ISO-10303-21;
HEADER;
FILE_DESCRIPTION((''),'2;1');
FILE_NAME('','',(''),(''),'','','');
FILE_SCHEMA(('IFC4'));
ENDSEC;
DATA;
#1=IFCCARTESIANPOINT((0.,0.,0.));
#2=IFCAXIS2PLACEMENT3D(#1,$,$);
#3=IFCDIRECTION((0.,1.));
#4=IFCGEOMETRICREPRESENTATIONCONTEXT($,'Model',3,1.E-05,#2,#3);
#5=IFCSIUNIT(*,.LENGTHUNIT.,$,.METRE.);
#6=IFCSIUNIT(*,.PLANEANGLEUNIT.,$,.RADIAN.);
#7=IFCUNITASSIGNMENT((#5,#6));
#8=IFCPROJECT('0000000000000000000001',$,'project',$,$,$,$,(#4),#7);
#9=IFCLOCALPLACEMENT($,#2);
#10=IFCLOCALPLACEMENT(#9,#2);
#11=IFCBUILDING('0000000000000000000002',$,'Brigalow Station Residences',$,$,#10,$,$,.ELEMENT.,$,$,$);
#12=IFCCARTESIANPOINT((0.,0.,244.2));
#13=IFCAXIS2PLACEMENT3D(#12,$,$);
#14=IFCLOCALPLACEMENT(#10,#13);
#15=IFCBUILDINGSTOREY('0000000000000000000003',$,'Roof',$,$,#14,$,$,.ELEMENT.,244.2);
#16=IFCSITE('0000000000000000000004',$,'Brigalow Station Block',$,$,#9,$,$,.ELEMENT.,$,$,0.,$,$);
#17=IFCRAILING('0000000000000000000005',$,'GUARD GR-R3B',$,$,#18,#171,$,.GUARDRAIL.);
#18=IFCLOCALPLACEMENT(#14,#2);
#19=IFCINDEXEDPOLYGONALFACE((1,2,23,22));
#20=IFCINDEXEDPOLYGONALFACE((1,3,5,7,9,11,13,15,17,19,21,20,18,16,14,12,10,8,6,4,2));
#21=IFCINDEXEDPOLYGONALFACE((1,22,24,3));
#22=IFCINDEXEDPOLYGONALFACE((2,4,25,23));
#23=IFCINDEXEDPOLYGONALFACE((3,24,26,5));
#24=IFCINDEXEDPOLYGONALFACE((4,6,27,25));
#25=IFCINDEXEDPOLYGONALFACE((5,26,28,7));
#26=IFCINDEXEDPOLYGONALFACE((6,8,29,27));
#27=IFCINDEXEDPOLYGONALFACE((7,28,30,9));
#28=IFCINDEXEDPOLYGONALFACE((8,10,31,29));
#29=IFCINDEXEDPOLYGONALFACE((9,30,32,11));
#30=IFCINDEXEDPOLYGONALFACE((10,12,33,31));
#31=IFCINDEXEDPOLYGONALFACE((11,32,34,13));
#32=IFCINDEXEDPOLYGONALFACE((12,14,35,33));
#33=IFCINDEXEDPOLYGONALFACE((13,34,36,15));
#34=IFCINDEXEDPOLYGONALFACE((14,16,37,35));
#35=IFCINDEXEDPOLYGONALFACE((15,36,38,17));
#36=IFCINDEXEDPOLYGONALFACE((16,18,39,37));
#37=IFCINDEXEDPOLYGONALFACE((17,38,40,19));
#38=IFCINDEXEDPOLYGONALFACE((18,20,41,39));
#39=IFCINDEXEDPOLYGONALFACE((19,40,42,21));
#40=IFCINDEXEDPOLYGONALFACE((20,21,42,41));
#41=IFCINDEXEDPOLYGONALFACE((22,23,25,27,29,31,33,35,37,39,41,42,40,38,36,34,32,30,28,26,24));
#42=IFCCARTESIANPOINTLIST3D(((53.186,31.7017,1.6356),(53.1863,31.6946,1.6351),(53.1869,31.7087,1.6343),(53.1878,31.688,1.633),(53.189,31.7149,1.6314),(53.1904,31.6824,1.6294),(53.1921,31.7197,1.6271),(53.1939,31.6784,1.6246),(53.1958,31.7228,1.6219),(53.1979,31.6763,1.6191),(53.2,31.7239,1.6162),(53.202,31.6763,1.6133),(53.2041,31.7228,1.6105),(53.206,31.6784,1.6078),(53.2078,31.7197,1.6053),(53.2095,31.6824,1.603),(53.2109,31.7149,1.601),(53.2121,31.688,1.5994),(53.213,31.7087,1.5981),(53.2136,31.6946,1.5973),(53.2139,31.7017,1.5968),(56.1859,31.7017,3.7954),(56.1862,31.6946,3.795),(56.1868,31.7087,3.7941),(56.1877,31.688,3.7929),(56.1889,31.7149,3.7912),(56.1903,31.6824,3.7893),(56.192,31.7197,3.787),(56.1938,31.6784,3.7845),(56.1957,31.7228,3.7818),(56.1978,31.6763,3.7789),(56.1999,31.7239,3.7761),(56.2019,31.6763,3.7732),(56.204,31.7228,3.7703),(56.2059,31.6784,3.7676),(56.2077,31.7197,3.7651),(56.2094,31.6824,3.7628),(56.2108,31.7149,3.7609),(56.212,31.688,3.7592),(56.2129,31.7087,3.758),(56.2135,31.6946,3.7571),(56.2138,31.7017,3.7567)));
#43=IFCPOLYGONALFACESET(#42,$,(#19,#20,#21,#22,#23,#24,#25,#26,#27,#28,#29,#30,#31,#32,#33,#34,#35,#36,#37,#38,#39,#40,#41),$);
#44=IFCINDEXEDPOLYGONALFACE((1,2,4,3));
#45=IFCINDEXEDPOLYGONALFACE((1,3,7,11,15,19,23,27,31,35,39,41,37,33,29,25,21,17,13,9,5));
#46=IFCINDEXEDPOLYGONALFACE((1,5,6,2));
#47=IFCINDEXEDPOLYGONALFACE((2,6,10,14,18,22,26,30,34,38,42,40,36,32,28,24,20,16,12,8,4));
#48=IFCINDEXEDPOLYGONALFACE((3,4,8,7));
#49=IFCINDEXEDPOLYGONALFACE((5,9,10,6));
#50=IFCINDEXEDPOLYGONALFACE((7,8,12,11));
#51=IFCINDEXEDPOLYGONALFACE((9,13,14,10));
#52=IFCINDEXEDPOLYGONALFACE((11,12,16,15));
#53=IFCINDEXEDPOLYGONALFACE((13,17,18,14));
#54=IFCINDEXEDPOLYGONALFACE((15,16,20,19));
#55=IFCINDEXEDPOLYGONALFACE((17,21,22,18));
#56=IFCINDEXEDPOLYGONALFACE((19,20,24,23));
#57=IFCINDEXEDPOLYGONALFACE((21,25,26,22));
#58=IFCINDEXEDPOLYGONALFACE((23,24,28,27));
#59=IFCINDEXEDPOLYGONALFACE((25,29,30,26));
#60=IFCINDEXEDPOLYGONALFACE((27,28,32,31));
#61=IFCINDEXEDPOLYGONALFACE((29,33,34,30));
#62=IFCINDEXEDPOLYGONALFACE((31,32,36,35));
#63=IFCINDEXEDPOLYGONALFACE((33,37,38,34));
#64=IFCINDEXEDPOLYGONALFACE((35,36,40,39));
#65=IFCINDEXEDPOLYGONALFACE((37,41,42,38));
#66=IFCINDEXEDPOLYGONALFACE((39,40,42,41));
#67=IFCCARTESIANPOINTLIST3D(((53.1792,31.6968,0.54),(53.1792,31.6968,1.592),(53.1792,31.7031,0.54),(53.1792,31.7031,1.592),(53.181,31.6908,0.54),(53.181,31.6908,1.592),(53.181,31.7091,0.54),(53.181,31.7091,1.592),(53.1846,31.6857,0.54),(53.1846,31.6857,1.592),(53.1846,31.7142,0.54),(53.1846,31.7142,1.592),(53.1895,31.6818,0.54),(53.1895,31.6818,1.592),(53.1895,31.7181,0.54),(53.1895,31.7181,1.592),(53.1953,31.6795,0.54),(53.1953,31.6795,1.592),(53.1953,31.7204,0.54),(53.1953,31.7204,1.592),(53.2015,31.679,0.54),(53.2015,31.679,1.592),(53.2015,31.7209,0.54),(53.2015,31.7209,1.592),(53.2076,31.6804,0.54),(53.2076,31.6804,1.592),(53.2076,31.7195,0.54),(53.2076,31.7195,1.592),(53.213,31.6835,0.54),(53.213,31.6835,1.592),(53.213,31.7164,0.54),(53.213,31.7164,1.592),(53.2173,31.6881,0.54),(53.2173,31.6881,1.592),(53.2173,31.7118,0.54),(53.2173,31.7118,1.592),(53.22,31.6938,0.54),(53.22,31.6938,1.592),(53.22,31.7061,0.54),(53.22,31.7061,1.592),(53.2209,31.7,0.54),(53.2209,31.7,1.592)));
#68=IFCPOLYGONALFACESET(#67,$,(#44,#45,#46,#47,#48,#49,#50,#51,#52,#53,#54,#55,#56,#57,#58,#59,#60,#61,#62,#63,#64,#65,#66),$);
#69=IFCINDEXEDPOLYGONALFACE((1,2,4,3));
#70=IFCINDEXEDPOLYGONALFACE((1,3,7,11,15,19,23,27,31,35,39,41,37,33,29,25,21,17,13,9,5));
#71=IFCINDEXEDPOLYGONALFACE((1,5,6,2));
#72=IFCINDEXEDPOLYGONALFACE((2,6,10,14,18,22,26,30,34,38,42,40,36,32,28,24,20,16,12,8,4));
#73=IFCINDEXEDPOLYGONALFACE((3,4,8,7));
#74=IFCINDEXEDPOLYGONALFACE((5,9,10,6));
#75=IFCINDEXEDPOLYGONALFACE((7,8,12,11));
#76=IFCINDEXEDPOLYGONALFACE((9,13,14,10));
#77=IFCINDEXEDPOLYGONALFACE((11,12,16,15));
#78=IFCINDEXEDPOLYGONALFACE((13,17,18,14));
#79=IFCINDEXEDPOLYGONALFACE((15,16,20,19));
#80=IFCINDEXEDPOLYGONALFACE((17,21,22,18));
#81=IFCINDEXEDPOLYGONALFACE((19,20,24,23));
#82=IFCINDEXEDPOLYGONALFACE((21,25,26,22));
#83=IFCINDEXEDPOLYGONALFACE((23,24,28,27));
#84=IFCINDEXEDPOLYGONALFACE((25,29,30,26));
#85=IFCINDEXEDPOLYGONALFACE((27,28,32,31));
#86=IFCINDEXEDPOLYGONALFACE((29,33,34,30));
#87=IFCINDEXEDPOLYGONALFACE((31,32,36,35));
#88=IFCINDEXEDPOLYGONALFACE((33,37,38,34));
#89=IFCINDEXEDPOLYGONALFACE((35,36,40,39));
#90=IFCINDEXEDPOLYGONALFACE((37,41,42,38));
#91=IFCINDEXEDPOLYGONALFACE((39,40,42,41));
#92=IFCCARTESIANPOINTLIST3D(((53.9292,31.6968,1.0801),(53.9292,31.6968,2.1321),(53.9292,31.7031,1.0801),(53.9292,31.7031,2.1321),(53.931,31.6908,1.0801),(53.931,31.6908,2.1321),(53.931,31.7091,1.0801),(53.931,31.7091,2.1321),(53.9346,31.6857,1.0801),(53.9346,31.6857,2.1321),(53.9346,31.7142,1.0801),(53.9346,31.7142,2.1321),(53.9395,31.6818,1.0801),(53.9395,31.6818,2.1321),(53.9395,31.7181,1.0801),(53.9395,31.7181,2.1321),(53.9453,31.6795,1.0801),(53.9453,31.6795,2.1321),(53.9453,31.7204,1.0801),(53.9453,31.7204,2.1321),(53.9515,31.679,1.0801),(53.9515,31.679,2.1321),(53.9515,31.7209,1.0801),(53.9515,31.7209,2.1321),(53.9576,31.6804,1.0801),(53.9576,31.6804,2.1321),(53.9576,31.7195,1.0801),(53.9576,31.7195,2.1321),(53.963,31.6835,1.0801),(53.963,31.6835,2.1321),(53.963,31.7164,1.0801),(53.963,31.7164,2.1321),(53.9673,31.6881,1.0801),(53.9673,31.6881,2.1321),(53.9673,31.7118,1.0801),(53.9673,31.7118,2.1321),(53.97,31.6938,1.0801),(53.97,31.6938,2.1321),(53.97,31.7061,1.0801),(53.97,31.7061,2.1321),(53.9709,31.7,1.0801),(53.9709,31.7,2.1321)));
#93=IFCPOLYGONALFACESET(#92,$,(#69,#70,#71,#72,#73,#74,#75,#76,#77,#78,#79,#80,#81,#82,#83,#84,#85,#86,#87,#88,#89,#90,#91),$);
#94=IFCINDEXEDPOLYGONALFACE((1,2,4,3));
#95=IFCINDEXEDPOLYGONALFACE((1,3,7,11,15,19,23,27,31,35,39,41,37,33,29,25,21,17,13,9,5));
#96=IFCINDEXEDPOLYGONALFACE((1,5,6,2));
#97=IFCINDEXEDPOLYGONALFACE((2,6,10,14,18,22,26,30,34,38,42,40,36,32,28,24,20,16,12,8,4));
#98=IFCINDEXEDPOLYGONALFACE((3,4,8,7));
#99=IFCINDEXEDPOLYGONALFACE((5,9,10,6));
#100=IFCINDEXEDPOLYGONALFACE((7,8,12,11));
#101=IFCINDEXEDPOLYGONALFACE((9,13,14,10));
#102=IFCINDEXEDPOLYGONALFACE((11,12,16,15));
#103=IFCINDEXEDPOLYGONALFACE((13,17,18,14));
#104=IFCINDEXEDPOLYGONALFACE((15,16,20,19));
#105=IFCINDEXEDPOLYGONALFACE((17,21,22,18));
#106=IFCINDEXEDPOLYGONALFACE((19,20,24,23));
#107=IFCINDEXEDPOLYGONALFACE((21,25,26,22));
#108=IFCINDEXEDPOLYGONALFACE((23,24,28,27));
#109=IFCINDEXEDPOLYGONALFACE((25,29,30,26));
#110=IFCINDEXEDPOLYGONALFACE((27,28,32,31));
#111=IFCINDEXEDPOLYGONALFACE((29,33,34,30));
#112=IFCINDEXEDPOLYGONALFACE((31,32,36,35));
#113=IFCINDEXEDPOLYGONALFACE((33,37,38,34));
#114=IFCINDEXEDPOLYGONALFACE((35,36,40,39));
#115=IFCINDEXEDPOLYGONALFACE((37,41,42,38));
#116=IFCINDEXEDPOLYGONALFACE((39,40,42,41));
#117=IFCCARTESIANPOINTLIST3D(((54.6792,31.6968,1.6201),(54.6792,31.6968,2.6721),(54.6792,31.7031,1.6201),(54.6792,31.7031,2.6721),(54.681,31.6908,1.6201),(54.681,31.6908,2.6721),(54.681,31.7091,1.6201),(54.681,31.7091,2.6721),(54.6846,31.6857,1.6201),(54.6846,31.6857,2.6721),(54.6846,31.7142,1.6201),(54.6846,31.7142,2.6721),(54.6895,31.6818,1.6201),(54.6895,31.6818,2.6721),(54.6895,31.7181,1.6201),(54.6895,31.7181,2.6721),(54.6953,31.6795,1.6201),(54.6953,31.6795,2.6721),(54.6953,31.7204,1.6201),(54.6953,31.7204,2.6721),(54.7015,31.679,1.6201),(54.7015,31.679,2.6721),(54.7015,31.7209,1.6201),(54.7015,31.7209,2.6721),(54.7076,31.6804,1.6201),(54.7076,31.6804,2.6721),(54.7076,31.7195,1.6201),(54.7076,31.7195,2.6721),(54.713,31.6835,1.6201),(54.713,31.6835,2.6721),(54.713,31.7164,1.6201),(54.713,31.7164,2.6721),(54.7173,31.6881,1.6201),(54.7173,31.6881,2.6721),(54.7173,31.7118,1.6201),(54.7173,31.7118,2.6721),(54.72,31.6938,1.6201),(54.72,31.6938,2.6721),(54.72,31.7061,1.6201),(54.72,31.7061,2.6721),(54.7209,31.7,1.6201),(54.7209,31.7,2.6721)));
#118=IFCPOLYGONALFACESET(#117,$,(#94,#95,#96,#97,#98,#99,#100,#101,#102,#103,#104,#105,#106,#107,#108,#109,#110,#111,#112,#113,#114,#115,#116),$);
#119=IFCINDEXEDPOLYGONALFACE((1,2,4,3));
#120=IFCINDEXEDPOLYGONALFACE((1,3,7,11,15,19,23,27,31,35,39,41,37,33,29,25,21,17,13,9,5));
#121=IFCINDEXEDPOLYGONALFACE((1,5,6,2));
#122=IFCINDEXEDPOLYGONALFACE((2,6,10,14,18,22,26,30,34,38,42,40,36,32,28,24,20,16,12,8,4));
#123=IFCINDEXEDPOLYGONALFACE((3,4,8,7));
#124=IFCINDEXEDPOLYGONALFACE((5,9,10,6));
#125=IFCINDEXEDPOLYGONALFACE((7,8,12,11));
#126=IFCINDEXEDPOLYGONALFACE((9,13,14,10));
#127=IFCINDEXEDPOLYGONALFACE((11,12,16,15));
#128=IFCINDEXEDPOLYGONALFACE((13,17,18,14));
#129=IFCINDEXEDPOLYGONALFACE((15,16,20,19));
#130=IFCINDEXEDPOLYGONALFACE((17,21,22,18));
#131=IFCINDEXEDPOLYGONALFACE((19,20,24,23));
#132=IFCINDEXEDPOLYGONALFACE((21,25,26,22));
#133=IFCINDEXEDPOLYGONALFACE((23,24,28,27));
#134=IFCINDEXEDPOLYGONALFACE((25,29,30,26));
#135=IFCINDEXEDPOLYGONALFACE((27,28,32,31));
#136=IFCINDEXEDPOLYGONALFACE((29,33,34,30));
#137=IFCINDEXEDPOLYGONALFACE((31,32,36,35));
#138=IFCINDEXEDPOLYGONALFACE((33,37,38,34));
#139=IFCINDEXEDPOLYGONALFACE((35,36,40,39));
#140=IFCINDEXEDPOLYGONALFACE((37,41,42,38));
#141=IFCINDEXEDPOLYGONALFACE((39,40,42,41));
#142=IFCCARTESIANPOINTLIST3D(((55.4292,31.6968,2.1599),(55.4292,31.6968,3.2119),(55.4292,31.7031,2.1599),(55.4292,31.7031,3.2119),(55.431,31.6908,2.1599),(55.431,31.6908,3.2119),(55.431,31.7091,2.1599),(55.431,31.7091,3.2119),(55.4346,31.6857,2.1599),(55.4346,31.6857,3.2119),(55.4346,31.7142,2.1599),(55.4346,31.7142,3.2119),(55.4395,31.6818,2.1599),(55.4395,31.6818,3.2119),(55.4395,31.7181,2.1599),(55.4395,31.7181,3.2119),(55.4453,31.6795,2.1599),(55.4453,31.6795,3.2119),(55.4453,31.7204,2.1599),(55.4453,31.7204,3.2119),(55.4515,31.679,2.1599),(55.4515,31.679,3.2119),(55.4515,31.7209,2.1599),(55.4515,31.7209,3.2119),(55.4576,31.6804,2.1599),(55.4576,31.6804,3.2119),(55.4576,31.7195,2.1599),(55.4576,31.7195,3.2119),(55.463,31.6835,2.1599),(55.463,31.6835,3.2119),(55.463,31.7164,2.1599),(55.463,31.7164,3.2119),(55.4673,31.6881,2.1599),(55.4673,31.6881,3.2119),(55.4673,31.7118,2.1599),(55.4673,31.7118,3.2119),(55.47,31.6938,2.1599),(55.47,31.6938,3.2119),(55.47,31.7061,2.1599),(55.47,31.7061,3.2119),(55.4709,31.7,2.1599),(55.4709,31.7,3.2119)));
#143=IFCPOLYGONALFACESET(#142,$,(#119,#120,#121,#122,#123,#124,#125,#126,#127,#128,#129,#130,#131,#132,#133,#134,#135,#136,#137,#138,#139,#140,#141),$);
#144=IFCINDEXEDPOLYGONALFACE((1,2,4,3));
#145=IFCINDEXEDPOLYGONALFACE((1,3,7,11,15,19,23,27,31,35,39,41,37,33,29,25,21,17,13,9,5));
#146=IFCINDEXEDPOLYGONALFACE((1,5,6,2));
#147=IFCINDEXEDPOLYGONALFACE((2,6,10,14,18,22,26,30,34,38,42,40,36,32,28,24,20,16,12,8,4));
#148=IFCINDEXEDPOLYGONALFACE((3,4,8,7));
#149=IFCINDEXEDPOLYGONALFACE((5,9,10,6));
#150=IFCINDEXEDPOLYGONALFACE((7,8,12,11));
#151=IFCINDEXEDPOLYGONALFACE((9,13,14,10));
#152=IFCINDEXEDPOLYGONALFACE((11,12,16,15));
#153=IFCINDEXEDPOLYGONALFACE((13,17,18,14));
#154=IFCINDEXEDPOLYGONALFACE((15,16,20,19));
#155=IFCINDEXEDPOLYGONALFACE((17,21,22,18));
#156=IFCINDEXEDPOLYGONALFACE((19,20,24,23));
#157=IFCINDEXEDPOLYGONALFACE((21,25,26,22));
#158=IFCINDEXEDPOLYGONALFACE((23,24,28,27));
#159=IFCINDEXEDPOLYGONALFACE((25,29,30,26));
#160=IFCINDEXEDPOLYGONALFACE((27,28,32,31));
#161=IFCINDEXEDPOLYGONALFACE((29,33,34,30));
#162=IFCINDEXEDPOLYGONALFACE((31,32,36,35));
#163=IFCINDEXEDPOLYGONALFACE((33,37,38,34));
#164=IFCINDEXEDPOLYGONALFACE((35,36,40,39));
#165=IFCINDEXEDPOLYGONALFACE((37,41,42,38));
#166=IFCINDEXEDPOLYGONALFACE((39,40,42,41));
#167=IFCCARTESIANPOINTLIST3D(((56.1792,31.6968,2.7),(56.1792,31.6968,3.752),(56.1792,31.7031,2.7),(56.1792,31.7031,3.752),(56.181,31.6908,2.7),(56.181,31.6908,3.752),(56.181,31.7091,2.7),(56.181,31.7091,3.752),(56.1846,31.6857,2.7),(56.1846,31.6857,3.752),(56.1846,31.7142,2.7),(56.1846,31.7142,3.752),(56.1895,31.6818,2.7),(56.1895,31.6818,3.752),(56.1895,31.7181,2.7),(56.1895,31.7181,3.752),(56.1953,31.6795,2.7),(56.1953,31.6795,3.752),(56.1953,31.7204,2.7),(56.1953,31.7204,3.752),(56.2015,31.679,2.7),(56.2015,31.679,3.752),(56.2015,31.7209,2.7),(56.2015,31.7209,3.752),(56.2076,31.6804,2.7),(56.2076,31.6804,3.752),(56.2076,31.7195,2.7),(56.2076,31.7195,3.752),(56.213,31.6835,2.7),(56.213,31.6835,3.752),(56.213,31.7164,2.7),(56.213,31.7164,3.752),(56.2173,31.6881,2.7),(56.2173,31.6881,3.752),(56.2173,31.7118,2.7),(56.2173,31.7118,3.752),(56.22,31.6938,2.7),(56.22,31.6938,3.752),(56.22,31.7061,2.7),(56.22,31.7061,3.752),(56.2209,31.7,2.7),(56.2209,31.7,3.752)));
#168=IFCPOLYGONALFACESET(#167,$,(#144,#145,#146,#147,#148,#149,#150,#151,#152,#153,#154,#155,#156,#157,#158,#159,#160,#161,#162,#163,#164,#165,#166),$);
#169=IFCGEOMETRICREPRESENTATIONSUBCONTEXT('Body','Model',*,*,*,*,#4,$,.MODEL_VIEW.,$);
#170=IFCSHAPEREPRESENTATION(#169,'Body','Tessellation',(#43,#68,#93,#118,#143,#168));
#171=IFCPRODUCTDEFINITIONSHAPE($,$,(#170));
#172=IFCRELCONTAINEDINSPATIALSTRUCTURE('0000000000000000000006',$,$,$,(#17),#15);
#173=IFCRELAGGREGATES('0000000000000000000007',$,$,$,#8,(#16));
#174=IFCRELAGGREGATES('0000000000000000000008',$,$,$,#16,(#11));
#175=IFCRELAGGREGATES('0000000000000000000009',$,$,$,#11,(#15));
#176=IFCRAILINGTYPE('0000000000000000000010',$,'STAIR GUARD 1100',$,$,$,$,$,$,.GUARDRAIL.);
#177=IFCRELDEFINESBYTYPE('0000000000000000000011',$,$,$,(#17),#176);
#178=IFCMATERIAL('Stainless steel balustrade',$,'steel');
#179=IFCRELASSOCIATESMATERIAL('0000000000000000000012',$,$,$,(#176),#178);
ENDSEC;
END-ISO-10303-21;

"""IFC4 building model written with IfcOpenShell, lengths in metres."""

from ifc_helpers import new_model, si_unit, direction, frame, origin, origin_2d, place, context, subcontext, project, spatial, circle, extrude, material, type_object, element, save


model = new_model("IFC4")

# Units and contexts
model_context = context("Model", 3, precision=1e-05, world=origin(), true_north=direction((0.0, 1.0)))
body_context = subcontext(model_context, "Body", "Model", "MODEL_VIEW")
ifc_project = project(units=[si_unit("LENGTHUNIT", "METRE"), si_unit("PLANEANGLEUNIT", "RADIAN")], contexts=[model_context])

# Site, building, storey
site_placement = place(None, origin())
site = spatial("IfcSite", under=ifc_project, at=site_placement, Name="Brigalow Station Block", CompositionType="ELEMENT", RefElevation=0.0)
building_placement = place(site_placement, origin())
building = spatial("IfcBuilding", under=site, at=building_placement, Name="Brigalow Station Residences", CompositionType="ELEMENT")
storey_placement = place(building_placement, frame((0.0, 0.0, 244.2)))
storey = spatial("IfcBuildingStorey", under=building, at=storey_placement, Name="Roof", CompositionType="ELEMENT", Elevation=244.2)

# Railing
ifc_material_1 = material(Name="Stainless steel balustrade", Category="steel")
railing_type = type_object("IfcRailingType", Name="STAIR GUARD 1100", PredefinedType="GUARDRAIL", material=ifc_material_1)
for number, where, name in (
    (1, (53.2, 31.7, 0.54), "GUARD GR-R3B"),
):
    element("IfcRailing", number, at=place(storey_placement, frame(where)), inside=storey, type_object=railing_type, Name=name, PredefinedType="GUARDRAIL", context=body_context, shape_type="SweptSolid", body=[
        extrude(circle(Radius=0.0239, at=origin_2d()), frame((0.0, 0.0, 1.0762), z_axis=(0.811546, 0.0, 0.584289), x_axis=(0.0, 1.0, 0.0)), (0.0, 0.0, 1.0), 3.6965),
        extrude(circle(Radius=0.021, at=origin_2d()), origin(), (0.0, 0.0, 1.0), 1.052),
        extrude(circle(Radius=0.021, at=origin_2d()), frame((0.75, 0.0, 0.54)), (0.0, 0.0, 1.0), 1.052),
        extrude(circle(Radius=0.021, at=origin_2d()), frame((1.5, 0.0, 1.0801)), (0.0, 0.0, 1.0), 1.052),
        extrude(circle(Radius=0.021, at=origin_2d()), frame((2.25, 0.0, 1.6199)), (0.0, 0.0, 1.0), 1.052),
        extrude(circle(Radius=0.021, at=origin_2d()), frame((3.0, 0.0, 2.1599)), (0.0, 0.0, 1.0), 1.052),
    ])

save(model, "model.ifc")
